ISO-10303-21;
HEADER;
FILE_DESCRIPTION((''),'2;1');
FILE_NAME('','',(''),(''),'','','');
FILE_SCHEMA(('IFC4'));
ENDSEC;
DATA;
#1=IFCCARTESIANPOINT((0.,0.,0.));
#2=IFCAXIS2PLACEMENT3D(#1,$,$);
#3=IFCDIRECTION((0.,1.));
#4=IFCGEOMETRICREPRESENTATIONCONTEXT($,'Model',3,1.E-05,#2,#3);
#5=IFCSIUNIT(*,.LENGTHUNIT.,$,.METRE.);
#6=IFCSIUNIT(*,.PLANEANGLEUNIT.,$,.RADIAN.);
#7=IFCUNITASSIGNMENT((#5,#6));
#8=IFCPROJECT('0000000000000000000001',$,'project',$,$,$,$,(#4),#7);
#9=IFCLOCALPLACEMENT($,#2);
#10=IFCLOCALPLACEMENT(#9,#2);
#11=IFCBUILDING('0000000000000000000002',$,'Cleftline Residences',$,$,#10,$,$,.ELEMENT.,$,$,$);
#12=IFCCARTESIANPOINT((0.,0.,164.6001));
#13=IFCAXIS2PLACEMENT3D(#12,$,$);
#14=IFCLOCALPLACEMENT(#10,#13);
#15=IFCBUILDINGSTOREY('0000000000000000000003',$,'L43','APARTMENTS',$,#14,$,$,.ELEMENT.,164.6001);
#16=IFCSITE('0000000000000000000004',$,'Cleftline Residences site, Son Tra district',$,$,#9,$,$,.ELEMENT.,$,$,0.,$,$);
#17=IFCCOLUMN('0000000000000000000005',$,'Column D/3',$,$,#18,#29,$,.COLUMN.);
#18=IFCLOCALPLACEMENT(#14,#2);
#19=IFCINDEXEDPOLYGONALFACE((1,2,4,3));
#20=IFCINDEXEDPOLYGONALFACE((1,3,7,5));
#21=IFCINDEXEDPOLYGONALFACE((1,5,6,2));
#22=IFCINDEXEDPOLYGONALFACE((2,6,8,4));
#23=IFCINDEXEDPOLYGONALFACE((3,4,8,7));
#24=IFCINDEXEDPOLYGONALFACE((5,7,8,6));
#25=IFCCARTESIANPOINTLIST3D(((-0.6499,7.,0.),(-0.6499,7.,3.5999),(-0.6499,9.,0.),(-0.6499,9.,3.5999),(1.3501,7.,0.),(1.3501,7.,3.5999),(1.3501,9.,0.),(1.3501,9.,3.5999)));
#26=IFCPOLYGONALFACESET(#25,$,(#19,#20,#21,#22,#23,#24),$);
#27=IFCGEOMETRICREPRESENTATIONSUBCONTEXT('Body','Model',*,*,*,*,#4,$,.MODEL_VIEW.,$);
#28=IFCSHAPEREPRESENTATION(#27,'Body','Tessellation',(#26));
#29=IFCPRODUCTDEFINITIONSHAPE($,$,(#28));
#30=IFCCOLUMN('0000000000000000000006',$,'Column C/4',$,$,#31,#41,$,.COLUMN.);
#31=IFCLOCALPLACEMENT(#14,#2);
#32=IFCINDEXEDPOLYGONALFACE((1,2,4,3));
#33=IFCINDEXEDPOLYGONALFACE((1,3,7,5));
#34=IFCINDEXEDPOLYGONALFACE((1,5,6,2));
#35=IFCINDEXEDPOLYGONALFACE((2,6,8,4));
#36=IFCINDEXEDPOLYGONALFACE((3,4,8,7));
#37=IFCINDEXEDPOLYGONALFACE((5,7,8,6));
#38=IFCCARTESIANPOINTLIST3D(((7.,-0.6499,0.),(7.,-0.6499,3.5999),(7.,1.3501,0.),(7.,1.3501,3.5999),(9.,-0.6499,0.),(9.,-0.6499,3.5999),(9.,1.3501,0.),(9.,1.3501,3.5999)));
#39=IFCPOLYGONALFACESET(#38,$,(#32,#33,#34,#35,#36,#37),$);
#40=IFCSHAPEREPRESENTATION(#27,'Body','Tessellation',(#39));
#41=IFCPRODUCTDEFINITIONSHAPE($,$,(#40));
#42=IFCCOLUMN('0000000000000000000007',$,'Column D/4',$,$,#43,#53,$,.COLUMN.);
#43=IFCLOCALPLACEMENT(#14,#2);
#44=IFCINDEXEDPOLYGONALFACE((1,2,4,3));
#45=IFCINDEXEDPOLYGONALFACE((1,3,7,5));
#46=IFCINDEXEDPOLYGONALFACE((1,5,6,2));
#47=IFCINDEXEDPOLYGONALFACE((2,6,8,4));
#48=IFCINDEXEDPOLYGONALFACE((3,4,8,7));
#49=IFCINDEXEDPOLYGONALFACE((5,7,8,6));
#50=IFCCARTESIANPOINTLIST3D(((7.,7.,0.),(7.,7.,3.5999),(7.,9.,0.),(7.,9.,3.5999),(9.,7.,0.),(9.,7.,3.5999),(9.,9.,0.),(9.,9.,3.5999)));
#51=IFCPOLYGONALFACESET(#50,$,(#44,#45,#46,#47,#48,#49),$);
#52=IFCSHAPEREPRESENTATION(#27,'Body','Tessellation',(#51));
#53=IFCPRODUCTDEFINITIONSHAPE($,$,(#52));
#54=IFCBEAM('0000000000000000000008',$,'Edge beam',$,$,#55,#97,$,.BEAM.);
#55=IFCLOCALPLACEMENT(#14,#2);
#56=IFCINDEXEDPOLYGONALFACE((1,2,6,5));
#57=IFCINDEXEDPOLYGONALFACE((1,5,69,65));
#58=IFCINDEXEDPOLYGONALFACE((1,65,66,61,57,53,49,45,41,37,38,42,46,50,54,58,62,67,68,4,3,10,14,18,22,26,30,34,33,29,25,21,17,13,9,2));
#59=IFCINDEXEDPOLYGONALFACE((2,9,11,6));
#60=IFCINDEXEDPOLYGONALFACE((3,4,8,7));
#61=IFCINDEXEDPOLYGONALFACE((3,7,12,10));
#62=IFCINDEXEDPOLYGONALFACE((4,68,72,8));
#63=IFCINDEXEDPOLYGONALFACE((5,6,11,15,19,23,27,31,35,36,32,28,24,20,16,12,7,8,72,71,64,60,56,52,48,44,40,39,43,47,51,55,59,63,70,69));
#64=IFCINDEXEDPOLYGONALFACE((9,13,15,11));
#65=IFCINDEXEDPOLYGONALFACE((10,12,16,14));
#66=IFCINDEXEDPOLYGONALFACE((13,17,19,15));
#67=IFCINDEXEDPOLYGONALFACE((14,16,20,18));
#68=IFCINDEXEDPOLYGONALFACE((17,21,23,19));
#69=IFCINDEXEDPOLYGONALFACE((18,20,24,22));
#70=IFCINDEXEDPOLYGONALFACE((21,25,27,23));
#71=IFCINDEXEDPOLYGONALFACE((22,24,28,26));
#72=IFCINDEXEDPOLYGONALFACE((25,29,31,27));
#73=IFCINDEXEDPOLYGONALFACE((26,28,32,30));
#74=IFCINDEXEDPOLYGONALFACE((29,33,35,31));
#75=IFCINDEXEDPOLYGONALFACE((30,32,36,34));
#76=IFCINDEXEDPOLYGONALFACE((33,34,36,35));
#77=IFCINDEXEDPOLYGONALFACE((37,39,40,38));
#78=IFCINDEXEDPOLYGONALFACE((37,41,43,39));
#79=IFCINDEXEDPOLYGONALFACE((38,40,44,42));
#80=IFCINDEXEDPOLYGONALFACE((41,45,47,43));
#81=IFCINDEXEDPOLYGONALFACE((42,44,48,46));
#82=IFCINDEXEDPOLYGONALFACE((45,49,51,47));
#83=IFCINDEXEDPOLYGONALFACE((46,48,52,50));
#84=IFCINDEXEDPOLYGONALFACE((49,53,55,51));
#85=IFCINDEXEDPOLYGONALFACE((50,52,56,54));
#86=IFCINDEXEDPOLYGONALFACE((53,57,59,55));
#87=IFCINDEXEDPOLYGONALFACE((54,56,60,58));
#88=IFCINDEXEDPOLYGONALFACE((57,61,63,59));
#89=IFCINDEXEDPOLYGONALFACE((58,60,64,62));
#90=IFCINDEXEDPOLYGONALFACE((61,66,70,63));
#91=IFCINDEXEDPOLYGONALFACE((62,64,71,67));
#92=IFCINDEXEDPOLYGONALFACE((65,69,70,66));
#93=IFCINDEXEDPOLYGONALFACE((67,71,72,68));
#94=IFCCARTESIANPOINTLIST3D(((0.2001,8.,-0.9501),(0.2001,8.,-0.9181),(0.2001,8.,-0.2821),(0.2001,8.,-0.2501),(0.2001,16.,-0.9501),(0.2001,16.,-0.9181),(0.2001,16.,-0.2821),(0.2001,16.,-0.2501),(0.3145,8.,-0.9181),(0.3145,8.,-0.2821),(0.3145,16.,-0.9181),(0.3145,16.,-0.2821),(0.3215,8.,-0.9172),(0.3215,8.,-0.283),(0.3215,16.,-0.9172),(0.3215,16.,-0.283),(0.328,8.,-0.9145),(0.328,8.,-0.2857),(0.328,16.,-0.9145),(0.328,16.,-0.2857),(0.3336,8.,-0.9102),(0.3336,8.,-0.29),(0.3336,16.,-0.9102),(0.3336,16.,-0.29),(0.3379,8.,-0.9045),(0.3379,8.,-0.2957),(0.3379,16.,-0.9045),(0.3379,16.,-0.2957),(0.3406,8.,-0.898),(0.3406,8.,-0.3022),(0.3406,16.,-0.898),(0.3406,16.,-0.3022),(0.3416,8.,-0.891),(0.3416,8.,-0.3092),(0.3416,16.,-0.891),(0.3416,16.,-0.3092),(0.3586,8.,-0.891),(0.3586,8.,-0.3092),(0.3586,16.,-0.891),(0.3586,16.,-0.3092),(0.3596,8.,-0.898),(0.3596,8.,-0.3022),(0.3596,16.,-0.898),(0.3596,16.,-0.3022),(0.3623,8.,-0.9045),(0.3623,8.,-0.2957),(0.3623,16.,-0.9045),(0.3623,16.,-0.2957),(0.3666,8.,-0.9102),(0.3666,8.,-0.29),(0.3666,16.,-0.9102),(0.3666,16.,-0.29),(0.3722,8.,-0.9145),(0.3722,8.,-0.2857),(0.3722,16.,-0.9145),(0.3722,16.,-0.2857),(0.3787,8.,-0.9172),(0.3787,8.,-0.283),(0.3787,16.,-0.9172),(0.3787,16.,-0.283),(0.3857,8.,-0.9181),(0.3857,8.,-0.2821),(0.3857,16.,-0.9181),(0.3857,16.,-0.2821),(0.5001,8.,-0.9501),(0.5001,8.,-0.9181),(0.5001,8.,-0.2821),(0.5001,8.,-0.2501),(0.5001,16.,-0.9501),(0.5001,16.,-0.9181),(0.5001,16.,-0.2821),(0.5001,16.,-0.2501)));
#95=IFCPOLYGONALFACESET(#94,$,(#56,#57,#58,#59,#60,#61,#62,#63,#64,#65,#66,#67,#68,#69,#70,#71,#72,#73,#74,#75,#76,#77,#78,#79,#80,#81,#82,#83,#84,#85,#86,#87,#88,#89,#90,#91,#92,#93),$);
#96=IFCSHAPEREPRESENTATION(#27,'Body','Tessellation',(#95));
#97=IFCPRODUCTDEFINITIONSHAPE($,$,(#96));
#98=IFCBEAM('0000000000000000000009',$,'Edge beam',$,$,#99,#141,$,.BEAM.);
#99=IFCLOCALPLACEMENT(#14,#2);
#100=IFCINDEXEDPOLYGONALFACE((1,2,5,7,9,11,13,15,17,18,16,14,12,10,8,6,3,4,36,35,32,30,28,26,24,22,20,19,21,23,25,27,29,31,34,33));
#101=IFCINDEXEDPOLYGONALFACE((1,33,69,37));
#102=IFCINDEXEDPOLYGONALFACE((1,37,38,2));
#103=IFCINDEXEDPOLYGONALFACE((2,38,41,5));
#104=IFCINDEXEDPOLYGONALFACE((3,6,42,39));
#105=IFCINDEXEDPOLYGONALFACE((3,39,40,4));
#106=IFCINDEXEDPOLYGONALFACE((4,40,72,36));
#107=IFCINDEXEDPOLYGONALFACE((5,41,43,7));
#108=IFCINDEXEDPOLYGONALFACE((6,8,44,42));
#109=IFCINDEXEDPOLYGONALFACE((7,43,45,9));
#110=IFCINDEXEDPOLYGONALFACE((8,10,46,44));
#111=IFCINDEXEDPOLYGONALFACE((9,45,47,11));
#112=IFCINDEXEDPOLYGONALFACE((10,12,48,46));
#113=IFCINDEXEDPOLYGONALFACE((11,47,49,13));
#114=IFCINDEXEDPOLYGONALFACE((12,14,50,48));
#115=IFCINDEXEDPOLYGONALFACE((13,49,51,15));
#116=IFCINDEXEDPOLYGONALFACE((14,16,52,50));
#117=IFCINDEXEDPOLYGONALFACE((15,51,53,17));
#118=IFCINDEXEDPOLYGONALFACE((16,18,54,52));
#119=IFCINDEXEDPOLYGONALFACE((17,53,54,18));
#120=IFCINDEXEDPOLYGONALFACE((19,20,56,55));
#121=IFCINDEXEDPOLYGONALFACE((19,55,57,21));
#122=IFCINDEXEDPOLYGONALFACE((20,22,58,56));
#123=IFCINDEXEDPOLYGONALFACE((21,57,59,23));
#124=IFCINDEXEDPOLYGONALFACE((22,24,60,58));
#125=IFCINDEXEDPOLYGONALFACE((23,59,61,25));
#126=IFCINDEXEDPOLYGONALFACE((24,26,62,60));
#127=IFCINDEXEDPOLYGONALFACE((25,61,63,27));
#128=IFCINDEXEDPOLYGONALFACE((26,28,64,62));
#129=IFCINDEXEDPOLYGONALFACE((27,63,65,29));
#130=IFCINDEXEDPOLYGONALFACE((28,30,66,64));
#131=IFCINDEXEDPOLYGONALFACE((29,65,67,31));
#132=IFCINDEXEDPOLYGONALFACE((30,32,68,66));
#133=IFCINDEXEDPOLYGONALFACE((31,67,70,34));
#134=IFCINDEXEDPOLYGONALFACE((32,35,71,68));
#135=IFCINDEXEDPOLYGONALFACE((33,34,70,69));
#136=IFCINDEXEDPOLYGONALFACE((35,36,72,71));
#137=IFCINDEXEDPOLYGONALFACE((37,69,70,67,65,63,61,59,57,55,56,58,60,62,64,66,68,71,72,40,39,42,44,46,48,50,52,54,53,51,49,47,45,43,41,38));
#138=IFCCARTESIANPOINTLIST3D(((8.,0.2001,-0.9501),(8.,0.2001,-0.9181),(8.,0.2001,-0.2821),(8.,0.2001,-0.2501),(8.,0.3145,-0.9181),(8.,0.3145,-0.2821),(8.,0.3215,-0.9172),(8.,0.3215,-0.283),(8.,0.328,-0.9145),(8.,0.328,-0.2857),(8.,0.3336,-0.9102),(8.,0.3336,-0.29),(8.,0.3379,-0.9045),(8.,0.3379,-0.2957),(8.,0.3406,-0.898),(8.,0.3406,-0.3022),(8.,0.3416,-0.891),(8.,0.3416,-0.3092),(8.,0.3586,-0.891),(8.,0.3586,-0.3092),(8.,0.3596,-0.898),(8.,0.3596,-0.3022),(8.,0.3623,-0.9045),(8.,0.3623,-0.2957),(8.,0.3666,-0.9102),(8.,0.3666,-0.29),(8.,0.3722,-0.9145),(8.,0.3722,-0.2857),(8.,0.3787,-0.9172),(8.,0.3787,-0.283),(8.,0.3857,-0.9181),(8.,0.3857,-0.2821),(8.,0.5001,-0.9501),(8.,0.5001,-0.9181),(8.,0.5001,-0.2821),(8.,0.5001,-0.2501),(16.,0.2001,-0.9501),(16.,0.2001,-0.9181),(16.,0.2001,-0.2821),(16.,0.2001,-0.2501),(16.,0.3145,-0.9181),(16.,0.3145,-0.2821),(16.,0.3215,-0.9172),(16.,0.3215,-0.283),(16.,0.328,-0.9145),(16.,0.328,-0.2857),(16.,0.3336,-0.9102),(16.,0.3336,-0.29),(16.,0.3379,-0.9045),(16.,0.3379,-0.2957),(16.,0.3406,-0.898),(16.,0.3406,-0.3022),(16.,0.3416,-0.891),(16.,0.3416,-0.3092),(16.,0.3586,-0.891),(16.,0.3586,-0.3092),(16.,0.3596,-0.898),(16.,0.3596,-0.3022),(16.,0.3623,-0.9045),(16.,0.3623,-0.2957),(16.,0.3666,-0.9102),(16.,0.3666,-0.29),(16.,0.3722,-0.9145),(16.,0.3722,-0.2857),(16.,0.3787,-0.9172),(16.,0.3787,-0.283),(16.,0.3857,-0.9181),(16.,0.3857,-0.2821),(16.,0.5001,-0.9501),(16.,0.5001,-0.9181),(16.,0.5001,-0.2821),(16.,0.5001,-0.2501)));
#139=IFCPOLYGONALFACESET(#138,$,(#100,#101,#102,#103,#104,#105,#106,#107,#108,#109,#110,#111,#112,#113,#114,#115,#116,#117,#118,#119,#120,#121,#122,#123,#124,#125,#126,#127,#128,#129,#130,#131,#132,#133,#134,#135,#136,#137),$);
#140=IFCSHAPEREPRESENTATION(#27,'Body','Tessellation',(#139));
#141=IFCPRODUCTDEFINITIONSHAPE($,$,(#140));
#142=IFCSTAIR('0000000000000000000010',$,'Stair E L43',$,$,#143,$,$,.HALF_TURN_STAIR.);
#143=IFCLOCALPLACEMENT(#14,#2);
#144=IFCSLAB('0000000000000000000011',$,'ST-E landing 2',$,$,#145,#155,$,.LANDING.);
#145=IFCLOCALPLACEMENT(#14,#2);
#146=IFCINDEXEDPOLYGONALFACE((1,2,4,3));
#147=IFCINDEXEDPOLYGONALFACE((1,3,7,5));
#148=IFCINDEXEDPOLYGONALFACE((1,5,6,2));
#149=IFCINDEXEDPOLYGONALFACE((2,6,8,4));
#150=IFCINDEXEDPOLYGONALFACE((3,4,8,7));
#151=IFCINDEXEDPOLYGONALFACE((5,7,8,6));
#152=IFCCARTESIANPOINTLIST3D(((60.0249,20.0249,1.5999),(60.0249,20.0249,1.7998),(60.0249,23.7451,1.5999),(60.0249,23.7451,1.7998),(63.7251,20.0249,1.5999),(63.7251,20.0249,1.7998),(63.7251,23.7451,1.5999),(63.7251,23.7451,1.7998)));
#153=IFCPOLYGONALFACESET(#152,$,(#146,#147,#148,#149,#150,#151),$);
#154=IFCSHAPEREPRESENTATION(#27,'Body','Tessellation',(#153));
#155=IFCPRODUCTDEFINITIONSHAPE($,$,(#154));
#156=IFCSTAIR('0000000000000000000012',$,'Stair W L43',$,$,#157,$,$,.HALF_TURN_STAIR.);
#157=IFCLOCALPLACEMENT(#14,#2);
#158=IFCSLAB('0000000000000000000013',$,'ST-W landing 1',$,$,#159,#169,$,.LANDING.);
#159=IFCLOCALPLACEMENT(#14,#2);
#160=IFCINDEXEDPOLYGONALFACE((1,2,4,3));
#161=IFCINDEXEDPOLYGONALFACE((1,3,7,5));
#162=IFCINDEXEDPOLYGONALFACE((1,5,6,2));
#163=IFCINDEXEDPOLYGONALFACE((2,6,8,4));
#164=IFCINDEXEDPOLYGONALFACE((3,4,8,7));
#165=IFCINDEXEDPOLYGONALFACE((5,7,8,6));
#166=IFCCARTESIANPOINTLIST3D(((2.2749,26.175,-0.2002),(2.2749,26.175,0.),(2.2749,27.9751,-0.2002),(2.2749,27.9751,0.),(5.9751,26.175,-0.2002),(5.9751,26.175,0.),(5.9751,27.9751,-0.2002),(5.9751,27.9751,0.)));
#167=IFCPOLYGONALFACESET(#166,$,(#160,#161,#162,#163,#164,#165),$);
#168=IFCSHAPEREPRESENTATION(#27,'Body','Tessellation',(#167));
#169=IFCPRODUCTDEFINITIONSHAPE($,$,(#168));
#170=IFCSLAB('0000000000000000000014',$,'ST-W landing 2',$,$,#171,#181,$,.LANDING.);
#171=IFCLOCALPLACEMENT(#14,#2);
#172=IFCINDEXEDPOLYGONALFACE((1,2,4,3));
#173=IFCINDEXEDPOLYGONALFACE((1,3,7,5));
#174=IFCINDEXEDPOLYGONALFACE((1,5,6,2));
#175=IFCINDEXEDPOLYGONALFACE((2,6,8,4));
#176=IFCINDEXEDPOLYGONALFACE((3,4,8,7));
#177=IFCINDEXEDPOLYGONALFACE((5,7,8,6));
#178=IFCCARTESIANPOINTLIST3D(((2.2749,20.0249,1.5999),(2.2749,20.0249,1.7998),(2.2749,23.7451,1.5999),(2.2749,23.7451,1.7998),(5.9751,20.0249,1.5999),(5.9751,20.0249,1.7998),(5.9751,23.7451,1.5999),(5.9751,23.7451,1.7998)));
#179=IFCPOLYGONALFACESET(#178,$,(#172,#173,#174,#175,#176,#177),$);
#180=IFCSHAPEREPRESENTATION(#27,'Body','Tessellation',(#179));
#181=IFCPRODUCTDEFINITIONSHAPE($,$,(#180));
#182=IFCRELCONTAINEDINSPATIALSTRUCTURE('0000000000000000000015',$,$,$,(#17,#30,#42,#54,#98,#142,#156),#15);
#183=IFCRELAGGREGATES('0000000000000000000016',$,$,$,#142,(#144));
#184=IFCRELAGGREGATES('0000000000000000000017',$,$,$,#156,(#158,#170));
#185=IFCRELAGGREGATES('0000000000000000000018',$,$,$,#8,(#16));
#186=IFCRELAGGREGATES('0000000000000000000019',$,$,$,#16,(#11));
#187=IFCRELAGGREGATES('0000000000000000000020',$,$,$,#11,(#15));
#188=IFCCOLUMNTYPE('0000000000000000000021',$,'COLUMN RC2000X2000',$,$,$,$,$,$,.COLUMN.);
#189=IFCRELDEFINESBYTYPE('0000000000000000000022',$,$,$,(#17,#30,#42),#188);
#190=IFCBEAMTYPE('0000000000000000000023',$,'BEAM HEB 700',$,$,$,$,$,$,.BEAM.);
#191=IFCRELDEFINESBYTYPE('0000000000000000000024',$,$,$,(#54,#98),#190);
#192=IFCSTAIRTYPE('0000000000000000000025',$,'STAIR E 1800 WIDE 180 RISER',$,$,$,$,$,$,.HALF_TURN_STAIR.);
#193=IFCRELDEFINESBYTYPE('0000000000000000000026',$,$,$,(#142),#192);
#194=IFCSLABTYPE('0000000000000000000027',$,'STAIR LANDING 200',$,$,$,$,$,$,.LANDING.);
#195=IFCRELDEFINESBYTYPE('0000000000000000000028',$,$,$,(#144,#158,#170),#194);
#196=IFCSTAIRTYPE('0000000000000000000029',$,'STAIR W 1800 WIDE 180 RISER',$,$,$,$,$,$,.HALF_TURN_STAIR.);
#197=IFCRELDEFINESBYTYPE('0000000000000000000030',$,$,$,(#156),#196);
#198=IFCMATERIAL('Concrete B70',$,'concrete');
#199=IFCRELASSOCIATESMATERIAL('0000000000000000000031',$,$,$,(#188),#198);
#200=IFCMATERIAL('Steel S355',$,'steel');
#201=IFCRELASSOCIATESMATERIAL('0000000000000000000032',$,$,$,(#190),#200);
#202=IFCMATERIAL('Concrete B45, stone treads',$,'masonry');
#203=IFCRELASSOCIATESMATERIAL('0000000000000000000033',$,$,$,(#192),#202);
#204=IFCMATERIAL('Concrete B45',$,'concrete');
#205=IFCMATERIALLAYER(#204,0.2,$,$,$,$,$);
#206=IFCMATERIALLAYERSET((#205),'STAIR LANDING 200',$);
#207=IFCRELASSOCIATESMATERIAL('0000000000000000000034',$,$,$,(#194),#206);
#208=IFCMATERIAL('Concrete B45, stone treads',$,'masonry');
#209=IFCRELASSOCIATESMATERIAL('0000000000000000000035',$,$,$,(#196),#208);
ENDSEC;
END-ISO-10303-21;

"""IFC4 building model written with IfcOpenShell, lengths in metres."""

from ifc_helpers import new_model, si_unit, direction, frame, origin, origin_2d, place, context, subcontext, project, spatial, polyline, rectangle, i_section, outline, extrude, material, layer, layer_set, material_profile, profile_set, type_object, element, aggregate, save


model = new_model("IFC4")

# Units and contexts
model_context = context("Model", 3, precision=1e-05, world=origin(), true_north=direction((0.0, 1.0)))
body_context = subcontext(model_context, "Body", "Model", "MODEL_VIEW")
ifc_project = project(units=[si_unit("LENGTHUNIT", "METRE"), si_unit("PLANEANGLEUNIT", "RADIAN")], contexts=[model_context])

# Site, building, storey
site_placement = place(None, origin())
site = spatial("IfcSite", under=ifc_project, at=site_placement, Name="Cleftline Residences site, Son Tra district", CompositionType="ELEMENT", RefElevation=0.0)
building_placement = place(site_placement, origin())
building = spatial("IfcBuilding", under=site, at=building_placement, Name="Cleftline Residences", CompositionType="ELEMENT")
storey_placement = place(building_placement, frame((0.0, 0.0, 164.6001)))
storey = spatial("IfcBuildingStorey", under=building, at=storey_placement, Name="L43", Description="APARTMENTS", CompositionType="ELEMENT", Elevation=164.6001)

# Columns
ifc_material_1 = material(Name="Concrete B70", Category="concrete")
ifc_material_profile_1 = material_profile(ifc_material_1, rectangle(XDim=2.0, YDim=2.0, at=origin_2d()))
ifc_profile_set_1 = profile_set([ifc_material_profile_1], Name="Concrete B70")
column_type = type_object("IfcColumnType", Name="COLUMN RC2000X2000", PredefinedType="COLUMN", material=ifc_profile_set_1)
for number, where, z_axis, x_axis, name in (
    (1, (0.3501, 8.0, 0.0), (0.0, 0.0, 1.0), (1.0, 0.0, 0.0), "Column D/3"),
    (2, (8.0, 0.3501, 0.0), (0.0, 0.0, 1.0), (1.0, 0.0, 0.0), "Column C/4"),
    (3, (8.0, 8.0, 0.0), (0.0, 0.0, 1.0), (1.0, 0.0, 0.0), "Column D/4"),
):
    element("IfcColumn", number, at=place(storey_placement, frame(where, z_axis=z_axis, x_axis=x_axis)), inside=storey, type_object=column_type, Name=name, PredefinedType="COLUMN", context=body_context, shape_type="SweptSolid", body=[
        extrude(rectangle(XDim=2.0, YDim=2.0, at=origin_2d()), origin(), (0.0, 0.0, 1.0), 3.5999),
    ])

# Beams
ifc_material_2 = material(Name="Steel S355", Category="steel")
ifc_material_profile_2 = material_profile(ifc_material_2, i_section(OverallWidth=0.3, OverallDepth=0.7, WebThickness=0.0171, FlangeThickness=0.032, FilletRadius=0.0271, at=origin_2d()))
ifc_profile_set_2 = profile_set([ifc_material_profile_2], Name="Steel S355")
beam_type = type_object("IfcBeamType", Name="BEAM HEB 700", PredefinedType="BEAM", material=ifc_profile_set_2)
for number, where, z_axis, x_axis, name in (
    (4, (0.3501, 8.0, -0.6001), (0.0, 1.0, 0.0), (-1.0, 0.0, 0.0), "Edge beam"),
    (5, (8.0, 0.3501, -0.6001), (1.0, 0.0, 0.0), (0.0, 1.0, 0.0), "Edge beam"),
):
    element("IfcBeam", number, at=place(storey_placement, frame(where, z_axis=z_axis, x_axis=x_axis)), inside=storey, type_object=beam_type, Name=name, PredefinedType="BEAM", context=body_context, shape_type="SweptSolid", body=[
        extrude(i_section(OverallWidth=0.3, OverallDepth=0.7, WebThickness=0.0171, FlangeThickness=0.032, FilletRadius=0.0271, at=origin_2d()), origin(), (0.0, 0.0, 1.0), 8.0),
    ])

# Stair, slab
ifc_material_3 = material(Name="Concrete B45, stone treads", Category="masonry")
stair_type_1 = type_object("IfcStairType", Name="STAIR E 1800 WIDE 180 RISER", PredefinedType="HALF_TURN_STAIR", material=ifc_material_3)
stair_1_placement = place(storey_placement, origin())
stair_1 = element("IfcStair", 6, at=stair_1_placement, inside=storey, type_object=stair_type_1, Name="Stair E L43", PredefinedType="HALF_TURN_STAIR")
ifc_material_4 = material(Name="Concrete B45", Category="concrete")
ifc_layer_1 = layer(ifc_material_4, 0.2)
ifc_layer_set_1 = layer_set([ifc_layer_1], Name="STAIR LANDING 200")
slab_type = type_object("IfcSlabType", Name="STAIR LANDING 200", PredefinedType="LANDING", material=ifc_layer_set_1)
slab_1_placement = place(storey_placement, frame((0.0, 0.0, 1.5999)))
slab_1 = element("IfcSlab", 7, at=slab_1_placement, type_object=slab_type, Name="ST-E landing 2", PredefinedType="LANDING", context=body_context, shape_type="SweptSolid", body=[
    extrude(outline(polyline([(60.0249, 20.0249), (63.7251, 20.0249), (63.7251, 23.7451), (60.0249, 23.7451), (60.0249, 20.0249)])), origin(), (0.0, 0.0, 1.0), 0.2),
])
aggregate(stair_1, [slab_1])

# Stair, slabs
ifc_material_5 = material(Name="Concrete B45, stone treads", Category="masonry")
stair_type_2 = type_object("IfcStairType", Name="STAIR W 1800 WIDE 180 RISER", PredefinedType="HALF_TURN_STAIR", material=ifc_material_5)
stair_2_placement = place(storey_placement, origin())
stair_2 = element("IfcStair", 8, at=stair_2_placement, inside=storey, type_object=stair_type_2, Name="Stair W L43", PredefinedType="HALF_TURN_STAIR")
slab_2_placement = place(storey_placement, frame((0.0, 0.0, -0.2002)))
slab_2 = element("IfcSlab", 9, at=slab_2_placement, type_object=slab_type, Name="ST-W landing 1", PredefinedType="LANDING", context=body_context, shape_type="SweptSolid", body=[
    extrude(outline(polyline([(2.2749, 26.175), (5.9751, 26.175), (5.9751, 27.9751), (2.2749, 27.9751), (2.2749, 26.175)])), origin(), (0.0, 0.0, 1.0), 0.2002),
])
slab_3_placement = place(storey_placement, frame((0.0, 0.0, 1.5999)))
slab_3 = element("IfcSlab", 10, at=slab_3_placement, type_object=slab_type, Name="ST-W landing 2", PredefinedType="LANDING", context=body_context, shape_type="SweptSolid", body=[
    extrude(outline(polyline([(2.2749, 20.0249), (5.9751, 20.0249), (5.9751, 23.7451), (2.2749, 23.7451), (2.2749, 20.0249)])), origin(), (0.0, 0.0, 1.0), 0.2),
])
aggregate(stair_2, [slab_2, slab_3])

save(model, "model.ifc")
